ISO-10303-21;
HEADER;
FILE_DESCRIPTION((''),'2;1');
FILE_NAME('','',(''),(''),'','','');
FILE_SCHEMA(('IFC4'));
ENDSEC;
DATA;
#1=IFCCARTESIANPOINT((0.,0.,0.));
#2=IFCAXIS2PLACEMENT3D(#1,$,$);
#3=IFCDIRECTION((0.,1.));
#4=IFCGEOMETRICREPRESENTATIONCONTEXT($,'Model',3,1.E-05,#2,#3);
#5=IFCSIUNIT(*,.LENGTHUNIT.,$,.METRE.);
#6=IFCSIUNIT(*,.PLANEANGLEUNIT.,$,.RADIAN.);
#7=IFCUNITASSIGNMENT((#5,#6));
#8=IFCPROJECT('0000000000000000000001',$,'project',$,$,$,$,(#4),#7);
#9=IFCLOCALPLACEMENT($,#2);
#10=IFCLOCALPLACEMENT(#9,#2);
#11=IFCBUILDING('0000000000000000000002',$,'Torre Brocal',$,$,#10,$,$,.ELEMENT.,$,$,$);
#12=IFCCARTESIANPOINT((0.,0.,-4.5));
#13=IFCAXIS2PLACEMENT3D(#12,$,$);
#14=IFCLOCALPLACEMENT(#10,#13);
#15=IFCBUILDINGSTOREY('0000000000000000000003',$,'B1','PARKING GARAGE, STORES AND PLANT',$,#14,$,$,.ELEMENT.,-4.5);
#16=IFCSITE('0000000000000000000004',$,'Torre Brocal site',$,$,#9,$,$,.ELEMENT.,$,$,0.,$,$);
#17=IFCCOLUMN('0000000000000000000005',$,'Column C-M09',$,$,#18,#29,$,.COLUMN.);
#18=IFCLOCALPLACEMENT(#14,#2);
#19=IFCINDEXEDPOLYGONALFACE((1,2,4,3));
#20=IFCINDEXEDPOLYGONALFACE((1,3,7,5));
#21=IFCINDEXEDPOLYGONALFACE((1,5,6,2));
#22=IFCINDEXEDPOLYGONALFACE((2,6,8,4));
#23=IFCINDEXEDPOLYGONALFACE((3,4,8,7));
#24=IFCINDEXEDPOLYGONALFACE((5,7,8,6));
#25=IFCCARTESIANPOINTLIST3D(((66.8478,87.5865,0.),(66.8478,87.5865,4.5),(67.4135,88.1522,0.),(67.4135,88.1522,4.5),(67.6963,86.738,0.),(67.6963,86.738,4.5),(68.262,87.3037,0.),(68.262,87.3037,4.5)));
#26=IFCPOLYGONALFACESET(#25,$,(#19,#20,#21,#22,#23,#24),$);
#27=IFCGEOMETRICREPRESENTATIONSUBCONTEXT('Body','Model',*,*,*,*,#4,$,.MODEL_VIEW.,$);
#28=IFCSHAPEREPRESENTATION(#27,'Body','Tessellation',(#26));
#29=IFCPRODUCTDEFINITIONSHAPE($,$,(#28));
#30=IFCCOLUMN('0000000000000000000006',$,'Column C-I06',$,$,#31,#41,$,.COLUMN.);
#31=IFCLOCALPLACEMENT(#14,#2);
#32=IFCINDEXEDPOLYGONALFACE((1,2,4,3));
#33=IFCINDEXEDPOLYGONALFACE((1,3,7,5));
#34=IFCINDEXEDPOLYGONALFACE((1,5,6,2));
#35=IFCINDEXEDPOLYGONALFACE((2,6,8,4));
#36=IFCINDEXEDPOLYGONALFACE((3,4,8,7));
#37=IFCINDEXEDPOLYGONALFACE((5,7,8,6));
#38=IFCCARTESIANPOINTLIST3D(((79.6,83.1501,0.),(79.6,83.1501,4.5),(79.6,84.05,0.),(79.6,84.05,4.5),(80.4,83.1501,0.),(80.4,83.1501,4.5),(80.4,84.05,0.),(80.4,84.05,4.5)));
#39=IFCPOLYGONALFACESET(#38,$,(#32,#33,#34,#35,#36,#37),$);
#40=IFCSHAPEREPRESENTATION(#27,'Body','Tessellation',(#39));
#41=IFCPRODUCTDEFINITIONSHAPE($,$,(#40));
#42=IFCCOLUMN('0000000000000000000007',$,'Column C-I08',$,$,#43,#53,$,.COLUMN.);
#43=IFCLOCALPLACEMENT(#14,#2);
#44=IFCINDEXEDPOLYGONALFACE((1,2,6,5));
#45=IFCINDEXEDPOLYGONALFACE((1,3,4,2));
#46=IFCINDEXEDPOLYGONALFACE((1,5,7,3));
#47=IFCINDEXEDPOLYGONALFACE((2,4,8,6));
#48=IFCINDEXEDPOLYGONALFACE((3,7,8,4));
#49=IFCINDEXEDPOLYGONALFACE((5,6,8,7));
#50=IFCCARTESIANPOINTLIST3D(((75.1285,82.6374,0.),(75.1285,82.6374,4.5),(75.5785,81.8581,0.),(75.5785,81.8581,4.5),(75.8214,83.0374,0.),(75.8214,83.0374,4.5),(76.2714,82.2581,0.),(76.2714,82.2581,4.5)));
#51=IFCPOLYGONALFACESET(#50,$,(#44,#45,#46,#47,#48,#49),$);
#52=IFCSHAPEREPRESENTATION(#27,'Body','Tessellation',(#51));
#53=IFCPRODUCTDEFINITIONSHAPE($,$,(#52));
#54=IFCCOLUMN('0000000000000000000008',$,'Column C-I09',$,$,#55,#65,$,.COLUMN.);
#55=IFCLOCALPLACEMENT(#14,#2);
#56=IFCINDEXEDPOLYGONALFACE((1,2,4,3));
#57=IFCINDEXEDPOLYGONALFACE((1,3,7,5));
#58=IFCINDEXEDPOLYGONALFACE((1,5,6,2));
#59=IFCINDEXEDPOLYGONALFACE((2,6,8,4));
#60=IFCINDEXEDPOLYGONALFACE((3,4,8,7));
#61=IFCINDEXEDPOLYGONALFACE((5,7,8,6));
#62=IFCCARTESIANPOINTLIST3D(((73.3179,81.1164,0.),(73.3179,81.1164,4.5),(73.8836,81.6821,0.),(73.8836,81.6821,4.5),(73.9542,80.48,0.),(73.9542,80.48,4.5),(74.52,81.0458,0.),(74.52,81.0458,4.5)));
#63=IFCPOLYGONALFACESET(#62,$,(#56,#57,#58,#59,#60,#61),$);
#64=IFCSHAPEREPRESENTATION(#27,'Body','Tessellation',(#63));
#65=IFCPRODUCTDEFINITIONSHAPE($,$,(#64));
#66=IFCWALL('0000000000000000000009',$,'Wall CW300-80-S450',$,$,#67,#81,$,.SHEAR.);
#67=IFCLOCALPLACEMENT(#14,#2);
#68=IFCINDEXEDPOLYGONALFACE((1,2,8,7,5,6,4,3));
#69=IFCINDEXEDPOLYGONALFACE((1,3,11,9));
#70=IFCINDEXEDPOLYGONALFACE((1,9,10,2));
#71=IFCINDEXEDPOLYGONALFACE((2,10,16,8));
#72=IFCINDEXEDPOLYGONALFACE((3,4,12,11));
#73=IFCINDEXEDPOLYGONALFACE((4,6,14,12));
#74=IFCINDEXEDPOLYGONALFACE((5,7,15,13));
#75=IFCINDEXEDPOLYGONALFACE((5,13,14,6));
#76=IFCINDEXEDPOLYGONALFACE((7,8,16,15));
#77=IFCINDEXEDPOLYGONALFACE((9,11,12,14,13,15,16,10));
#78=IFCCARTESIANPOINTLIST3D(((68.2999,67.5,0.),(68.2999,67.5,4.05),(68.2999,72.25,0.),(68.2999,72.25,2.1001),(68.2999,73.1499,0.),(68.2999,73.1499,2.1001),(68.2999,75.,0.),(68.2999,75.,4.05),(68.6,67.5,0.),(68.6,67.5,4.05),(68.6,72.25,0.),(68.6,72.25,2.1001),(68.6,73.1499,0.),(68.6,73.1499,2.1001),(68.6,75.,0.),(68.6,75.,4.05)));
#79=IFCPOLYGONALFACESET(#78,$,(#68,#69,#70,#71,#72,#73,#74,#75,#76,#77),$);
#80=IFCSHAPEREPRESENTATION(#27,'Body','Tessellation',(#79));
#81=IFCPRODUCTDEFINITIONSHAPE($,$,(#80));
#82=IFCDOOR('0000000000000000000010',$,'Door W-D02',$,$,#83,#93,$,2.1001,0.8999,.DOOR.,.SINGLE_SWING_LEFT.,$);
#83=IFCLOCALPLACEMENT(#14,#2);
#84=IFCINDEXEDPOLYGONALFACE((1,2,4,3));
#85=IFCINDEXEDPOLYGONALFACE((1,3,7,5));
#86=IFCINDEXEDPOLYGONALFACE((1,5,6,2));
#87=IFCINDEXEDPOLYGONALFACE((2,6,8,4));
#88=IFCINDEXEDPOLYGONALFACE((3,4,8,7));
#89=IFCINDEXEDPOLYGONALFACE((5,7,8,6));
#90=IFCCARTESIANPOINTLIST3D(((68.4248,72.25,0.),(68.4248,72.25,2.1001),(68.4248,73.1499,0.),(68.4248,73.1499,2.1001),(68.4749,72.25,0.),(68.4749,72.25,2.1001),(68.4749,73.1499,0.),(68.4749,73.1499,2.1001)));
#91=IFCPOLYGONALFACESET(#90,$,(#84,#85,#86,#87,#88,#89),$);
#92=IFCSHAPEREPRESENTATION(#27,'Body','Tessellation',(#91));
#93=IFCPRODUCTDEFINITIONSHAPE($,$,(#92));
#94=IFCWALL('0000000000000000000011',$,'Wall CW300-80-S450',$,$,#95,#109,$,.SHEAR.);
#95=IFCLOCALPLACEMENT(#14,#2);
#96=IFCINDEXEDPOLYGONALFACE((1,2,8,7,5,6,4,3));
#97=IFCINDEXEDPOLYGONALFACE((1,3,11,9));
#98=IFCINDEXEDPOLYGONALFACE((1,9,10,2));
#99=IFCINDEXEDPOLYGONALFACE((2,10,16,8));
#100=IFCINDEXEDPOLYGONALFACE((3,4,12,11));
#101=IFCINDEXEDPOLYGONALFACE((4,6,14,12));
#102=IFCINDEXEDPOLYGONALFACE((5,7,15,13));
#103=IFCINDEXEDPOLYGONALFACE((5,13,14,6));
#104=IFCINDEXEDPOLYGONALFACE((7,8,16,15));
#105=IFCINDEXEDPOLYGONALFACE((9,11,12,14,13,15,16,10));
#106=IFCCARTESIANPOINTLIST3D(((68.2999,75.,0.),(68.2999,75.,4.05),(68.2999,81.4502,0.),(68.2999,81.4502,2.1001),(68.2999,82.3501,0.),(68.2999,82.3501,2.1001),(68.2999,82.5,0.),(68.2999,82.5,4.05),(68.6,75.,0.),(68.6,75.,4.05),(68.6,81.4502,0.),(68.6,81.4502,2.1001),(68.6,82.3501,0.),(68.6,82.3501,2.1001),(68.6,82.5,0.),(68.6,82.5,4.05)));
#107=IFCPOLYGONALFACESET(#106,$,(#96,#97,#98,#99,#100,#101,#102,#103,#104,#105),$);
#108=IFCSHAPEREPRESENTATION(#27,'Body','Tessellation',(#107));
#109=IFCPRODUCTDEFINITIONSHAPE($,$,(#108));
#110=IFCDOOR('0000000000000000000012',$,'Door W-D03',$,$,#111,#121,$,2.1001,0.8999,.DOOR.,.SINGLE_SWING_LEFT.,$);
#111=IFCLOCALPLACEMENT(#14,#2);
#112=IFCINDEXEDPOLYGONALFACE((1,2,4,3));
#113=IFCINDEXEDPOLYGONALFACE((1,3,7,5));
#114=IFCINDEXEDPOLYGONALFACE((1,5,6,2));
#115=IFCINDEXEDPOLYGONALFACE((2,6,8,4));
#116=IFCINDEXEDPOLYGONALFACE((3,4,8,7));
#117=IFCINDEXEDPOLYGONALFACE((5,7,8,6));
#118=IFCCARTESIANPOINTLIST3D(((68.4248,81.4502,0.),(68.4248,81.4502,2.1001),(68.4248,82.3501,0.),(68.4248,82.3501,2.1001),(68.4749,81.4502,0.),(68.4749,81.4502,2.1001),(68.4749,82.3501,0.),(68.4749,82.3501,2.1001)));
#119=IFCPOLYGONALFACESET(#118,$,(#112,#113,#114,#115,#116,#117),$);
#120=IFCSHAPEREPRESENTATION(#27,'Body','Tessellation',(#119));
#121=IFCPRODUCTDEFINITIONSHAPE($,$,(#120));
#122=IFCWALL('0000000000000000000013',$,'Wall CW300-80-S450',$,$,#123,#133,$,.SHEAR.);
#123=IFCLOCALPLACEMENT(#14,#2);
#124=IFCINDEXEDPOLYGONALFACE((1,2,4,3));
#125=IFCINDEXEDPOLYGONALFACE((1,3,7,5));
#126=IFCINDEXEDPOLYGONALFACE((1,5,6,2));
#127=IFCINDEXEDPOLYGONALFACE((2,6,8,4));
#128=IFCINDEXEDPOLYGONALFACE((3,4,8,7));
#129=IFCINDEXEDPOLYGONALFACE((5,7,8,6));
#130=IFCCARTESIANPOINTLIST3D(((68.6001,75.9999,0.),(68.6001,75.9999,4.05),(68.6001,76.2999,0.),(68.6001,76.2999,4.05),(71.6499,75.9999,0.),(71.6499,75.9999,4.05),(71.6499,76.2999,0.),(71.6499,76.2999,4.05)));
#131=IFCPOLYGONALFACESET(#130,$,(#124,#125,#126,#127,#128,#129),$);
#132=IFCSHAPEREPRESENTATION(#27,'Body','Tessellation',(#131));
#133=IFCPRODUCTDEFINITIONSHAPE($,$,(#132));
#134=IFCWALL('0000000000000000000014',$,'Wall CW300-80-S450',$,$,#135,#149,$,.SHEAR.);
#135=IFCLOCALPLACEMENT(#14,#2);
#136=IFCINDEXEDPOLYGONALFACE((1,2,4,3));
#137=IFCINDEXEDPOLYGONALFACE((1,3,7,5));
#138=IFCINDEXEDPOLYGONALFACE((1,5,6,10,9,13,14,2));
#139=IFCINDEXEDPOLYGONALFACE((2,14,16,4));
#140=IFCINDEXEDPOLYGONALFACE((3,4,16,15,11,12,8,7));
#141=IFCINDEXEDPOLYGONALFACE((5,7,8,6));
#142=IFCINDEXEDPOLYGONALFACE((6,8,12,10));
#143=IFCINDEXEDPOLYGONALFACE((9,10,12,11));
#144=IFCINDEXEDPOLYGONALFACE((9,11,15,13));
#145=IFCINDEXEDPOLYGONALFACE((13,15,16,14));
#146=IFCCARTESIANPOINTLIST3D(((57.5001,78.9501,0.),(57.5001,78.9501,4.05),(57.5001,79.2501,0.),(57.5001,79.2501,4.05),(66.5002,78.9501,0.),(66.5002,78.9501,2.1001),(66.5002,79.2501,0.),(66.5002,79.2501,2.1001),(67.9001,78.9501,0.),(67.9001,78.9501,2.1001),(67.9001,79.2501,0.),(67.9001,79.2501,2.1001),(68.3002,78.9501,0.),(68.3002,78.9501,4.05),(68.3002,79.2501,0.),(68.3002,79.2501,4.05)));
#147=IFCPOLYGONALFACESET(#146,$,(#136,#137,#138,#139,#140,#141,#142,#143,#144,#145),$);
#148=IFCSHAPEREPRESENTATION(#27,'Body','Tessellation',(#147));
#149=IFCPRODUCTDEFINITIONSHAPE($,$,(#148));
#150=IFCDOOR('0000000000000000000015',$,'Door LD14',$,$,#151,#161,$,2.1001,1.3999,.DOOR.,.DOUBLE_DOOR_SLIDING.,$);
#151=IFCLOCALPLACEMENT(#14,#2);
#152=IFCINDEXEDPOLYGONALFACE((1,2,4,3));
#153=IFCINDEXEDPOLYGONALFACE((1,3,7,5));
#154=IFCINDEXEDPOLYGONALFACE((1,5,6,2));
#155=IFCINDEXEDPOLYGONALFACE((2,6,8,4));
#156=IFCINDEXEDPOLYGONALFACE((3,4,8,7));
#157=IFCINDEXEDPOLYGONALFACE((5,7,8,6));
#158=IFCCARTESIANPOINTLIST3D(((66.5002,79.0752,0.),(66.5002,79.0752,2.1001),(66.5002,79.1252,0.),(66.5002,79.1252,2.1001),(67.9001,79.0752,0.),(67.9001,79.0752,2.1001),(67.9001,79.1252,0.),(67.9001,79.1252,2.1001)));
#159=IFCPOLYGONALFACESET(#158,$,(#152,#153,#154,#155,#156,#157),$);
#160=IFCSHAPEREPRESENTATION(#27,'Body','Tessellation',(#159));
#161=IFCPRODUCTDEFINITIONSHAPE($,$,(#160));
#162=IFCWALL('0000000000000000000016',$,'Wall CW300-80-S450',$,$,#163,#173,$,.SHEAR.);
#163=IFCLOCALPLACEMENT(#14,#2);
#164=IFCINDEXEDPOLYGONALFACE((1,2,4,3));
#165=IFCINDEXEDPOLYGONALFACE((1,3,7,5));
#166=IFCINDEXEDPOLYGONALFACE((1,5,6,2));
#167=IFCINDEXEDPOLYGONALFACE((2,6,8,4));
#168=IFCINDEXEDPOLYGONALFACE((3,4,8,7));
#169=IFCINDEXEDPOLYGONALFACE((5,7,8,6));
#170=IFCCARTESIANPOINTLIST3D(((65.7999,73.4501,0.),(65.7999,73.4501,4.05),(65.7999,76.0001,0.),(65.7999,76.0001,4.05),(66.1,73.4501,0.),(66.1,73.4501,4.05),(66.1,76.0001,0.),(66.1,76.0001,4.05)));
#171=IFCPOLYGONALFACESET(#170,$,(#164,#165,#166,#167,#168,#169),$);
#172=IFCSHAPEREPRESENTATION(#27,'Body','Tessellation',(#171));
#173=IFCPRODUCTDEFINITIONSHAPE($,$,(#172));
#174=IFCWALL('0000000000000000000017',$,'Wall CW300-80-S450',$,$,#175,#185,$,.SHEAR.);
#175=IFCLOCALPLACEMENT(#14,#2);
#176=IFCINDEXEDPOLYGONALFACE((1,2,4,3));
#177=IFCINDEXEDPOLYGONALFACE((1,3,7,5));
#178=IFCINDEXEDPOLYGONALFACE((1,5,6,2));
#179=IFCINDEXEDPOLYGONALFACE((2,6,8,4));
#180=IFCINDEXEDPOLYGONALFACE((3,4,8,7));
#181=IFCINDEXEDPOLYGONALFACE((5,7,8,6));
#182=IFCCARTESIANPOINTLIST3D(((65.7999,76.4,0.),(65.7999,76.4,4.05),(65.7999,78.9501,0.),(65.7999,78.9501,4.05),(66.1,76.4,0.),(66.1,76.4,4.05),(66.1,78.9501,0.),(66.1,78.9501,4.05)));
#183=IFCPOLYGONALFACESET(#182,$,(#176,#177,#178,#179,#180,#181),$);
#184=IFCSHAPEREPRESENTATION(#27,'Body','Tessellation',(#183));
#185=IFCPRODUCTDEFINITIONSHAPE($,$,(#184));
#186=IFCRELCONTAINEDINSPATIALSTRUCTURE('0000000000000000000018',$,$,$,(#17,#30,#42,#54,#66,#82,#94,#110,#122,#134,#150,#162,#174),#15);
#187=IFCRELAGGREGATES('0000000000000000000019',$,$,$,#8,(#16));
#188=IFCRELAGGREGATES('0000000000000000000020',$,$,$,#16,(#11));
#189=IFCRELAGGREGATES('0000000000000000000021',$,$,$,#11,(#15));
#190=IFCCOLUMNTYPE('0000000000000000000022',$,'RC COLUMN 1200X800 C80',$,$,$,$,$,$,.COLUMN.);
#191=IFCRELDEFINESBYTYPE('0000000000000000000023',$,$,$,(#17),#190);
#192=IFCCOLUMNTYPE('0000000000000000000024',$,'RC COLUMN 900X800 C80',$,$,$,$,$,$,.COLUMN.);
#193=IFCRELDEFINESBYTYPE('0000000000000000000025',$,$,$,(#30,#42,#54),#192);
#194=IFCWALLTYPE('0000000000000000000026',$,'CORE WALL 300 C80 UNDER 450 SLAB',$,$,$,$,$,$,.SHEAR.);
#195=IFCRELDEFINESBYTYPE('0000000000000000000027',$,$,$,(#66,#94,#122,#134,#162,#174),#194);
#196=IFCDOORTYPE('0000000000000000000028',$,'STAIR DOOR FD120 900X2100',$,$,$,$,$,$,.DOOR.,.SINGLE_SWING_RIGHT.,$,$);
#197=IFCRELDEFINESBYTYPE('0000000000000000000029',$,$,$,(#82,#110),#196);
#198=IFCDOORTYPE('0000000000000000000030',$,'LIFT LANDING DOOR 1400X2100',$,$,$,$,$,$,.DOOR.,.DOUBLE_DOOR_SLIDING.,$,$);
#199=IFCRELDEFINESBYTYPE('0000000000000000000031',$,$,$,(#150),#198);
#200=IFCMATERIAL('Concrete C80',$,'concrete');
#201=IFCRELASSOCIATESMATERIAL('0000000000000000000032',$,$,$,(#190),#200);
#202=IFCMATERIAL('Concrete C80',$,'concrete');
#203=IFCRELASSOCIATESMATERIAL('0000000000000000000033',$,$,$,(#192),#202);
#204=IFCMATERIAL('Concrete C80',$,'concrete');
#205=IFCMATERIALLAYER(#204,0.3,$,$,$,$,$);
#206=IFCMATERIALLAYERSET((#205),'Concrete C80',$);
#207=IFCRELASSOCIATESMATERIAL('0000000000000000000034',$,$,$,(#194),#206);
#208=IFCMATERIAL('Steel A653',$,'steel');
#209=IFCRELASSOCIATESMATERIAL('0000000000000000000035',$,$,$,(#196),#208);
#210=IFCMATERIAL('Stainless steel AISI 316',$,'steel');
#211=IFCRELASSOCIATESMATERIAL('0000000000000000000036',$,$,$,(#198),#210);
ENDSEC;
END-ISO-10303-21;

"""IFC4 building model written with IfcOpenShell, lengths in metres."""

from ifc_helpers import new_model, si_unit, direction, frame, frame_2d, origin, origin_2d, place, context, subcontext, project, spatial, rectangle, extrude, material, layer, layer_set, material_profile, profile_set, type_object, element, fill, save


model = new_model("IFC4")

# Units and contexts
model_context = context("Model", 3, precision=1e-05, world=origin(), true_north=direction((0.0, 1.0)))
body_context = subcontext(model_context, "Body", "Model", "MODEL_VIEW")
ifc_project = project(units=[si_unit("LENGTHUNIT", "METRE"), si_unit("PLANEANGLEUNIT", "RADIAN")], contexts=[model_context])

# Site, building, storey
site_placement = place(None, origin())
site = spatial("IfcSite", under=ifc_project, at=site_placement, Name="Torre Brocal site", CompositionType="ELEMENT", RefElevation=0.0)
building_placement = place(site_placement, origin())
building = spatial("IfcBuilding", under=site, at=building_placement, Name="Torre Brocal", CompositionType="ELEMENT")
storey_placement = place(building_placement, frame((0.0, 0.0, -4.5)))
storey = spatial("IfcBuildingStorey", under=building, at=storey_placement, Name="B1", Description="PARKING GARAGE, STORES AND PLANT", CompositionType="ELEMENT", Elevation=-4.5)

# Columns
ifc_material_1 = material(Name="Concrete C80", Category="concrete")
ifc_material_profile_1 = material_profile(ifc_material_1, rectangle(XDim=1.2, YDim=0.8, at=origin_2d()), Name="RC 1200X800")
ifc_profile_set_1 = profile_set([ifc_material_profile_1], Name="Concrete C80")
column_type_1 = type_object("IfcColumnType", Name="RC COLUMN 1200X800 C80", PredefinedType="COLUMN", material=ifc_profile_set_1)
column_placement = place(storey_placement, frame((67.5549, 87.4451, 0.0), z_axis=(0.0, 0.0, 1.0), x_axis=(-0.707107, 0.707107, 0.0)))
element("IfcColumn", 1, at=column_placement, inside=storey, type_object=column_type_1, Name="Column C-M09", PredefinedType="COLUMN", context=body_context, shape_type="SweptSolid", body=[
    extrude(rectangle(XDim=1.2, YDim=0.8, at=origin_2d()), origin(), (0.0, 0.0, 1.0), 4.5),
])
ifc_material_2 = material(Name="Concrete C80", Category="concrete")
ifc_material_profile_2 = material_profile(ifc_material_2, rectangle(XDim=0.8999, YDim=0.8, at=origin_2d()), Name="RC 900X800")
ifc_profile_set_2 = profile_set([ifc_material_profile_2], Name="Concrete C80")
column_type_2 = type_object("IfcColumnType", Name="RC COLUMN 900X800 C80", PredefinedType="COLUMN", material=ifc_profile_set_2)
for number, where, z_axis, x_axis, name in (
    (2, (80.0, 83.6001, 0.0), (0.0, 0.0, 1.0), (0.0, 1.0, 0.0), "Column C-I06"),
    (3, (75.7, 82.4478, 0.0), (0.0, 0.0, 1.0), (-0.5, 0.866025, 0.0), "Column C-I08"),
    (4, (73.9189, 81.0811, 0.0), (0.0, 0.0, 1.0), (-0.707107, 0.707107, 0.0), "Column C-I09"),
):
    element("IfcColumn", number, at=place(storey_placement, frame(where, z_axis=z_axis, x_axis=x_axis)), inside=storey, type_object=column_type_2, Name=name, PredefinedType="COLUMN", context=body_context, shape_type="SweptSolid", body=[
        extrude(rectangle(XDim=0.8999, YDim=0.8, at=origin_2d()), origin(), (0.0, 0.0, 1.0), 4.5),
    ])

# Walls, openings, doors
ifc_material_3 = material(Name="Concrete C80", Category="concrete")
ifc_layer_1 = layer(ifc_material_3, 0.3)
ifc_layer_set_1 = layer_set([ifc_layer_1], Name="Concrete C80")
wall_type_1 = type_object("IfcWallType", Name="CORE WALL 300 C80 UNDER 450 SLAB", PredefinedType="SHEAR", material=ifc_layer_set_1)
wall_1_placement = place(storey_placement, frame((68.45, 75.0, 0.0), z_axis=(0.0, 0.0, 1.0), x_axis=(0.0, -1.0, 0.0)))
wall_1 = element("IfcWall", 5, at=wall_1_placement, inside=storey, type_object=wall_type_1, Name="Wall CW300-80-S450", PredefinedType="SHEAR", context=body_context, shape_type="SweptSolid", body=[
    extrude(rectangle(XDim=7.5, YDim=0.3, at=frame_2d((3.75, 0.0))), origin(), (0.0, 0.0, 1.0), 4.05),
])
opening_1_placement = place(wall_1_placement, frame((1.8501, 0.0, 0.0)))
opening_1 = element("IfcOpeningElement", 6, at=opening_1_placement, cuts=wall_1, PredefinedType="OPENING", context=body_context, shape_type="SweptSolid", body=[
    extrude(rectangle(XDim=0.8999, YDim=2.1001, at=frame_2d((0.45, 1.05))), frame((0.0, 0.1599, 0.0), z_axis=(0.0, -1.0, 0.0), x_axis=(1.0, 0.0, 0.0)), (0.0, 0.0, 1.0), 0.3201),
])
ifc_material_4 = material(Name="Steel A653", Category="steel")
door_type_1 = type_object("IfcDoorType", Name="STAIR DOOR FD120 900X2100", OperationType="SINGLE_SWING_RIGHT", PredefinedType="DOOR", material=ifc_material_4)
door_1_placement = place(opening_1_placement, origin())
door_1 = element("IfcDoor", 7, at=door_1_placement, inside=storey, type_object=door_type_1, Name="Door W-D02", OperationType="SINGLE_SWING_LEFT", OverallHeight=2.1001, OverallWidth=0.8999, PredefinedType="DOOR", context=body_context, shape_type="SweptSolid", body=[
    extrude(rectangle(XDim=0.8999, YDim=2.1001, at=frame_2d((0.45, 1.05))), frame((0.0, 0.0249, 0.0), z_axis=(0.0, -1.0, 0.0), x_axis=(1.0, 0.0, 0.0)), (0.0, 0.0, 1.0), 0.05),
])
fill(opening_1, door_1)
wall_2_placement = place(storey_placement, frame((68.45, 82.5, 0.0), z_axis=(0.0, 0.0, 1.0), x_axis=(0.0, -1.0, 0.0)))
wall_2 = element("IfcWall", 8, at=wall_2_placement, inside=storey, type_object=wall_type_1, Name="Wall CW300-80-S450", PredefinedType="SHEAR", context=body_context, shape_type="SweptSolid", body=[
    extrude(rectangle(XDim=7.5, YDim=0.3, at=frame_2d((3.75, 0.0))), origin(), (0.0, 0.0, 1.0), 4.05),
])
opening_2_placement = place(wall_2_placement, frame((0.1499, 0.0, 0.0)))
opening_2 = element("IfcOpeningElement", 9, at=opening_2_placement, cuts=wall_2, PredefinedType="OPENING", context=body_context, shape_type="SweptSolid", body=[
    extrude(rectangle(XDim=0.8999, YDim=2.1001, at=frame_2d((0.45, 1.05))), frame((0.0, 0.1599, 0.0), z_axis=(0.0, -1.0, 0.0), x_axis=(1.0, 0.0, 0.0)), (0.0, 0.0, 1.0), 0.3201),
])
door_2_placement = place(opening_2_placement, origin())
door_2 = element("IfcDoor", 10, at=door_2_placement, inside=storey, type_object=door_type_1, Name="Door W-D03", OperationType="SINGLE_SWING_LEFT", OverallHeight=2.1001, OverallWidth=0.8999, PredefinedType="DOOR", context=body_context, shape_type="SweptSolid", body=[
    extrude(rectangle(XDim=0.8999, YDim=2.1001, at=frame_2d((0.45, 1.05))), frame((0.0, 0.0249, 0.0), z_axis=(0.0, -1.0, 0.0), x_axis=(1.0, 0.0, 0.0)), (0.0, 0.0, 1.0), 0.05),
])
fill(opening_2, door_2)

# Wall
wall_3_placement = place(storey_placement, frame((71.6499, 76.1499, 0.0), z_axis=(0.0, 0.0, 1.0), x_axis=(-1.0, 0.0, 0.0)))
element("IfcWall", 11, at=wall_3_placement, inside=storey, type_object=wall_type_1, Name="Wall CW300-80-S450", PredefinedType="SHEAR", context=body_context, shape_type="SweptSolid", body=[
    extrude(rectangle(XDim=3.0498, YDim=0.3, at=frame_2d((1.5249, 0.0))), origin(), (0.0, 0.0, 1.0), 4.05),
])

# Wall, opening, door
wall_4_placement = place(storey_placement, frame((68.3, 79.1001, 0.0), z_axis=(0.0, 0.0, 1.0), x_axis=(-1.0, 0.0, 0.0)))
wall_4 = element("IfcWall", 12, at=wall_4_placement, inside=storey, type_object=wall_type_1, Name="Wall CW300-80-S450", PredefinedType="SHEAR", context=body_context, shape_type="SweptSolid", body=[
    extrude(rectangle(XDim=10.8, YDim=0.3, at=frame_2d((5.3999, 0.0))), origin(), (0.0, 0.0, 1.0), 4.05),
])
opening_3_placement = place(wall_4_placement, frame((0.3999, 0.0, 0.0)))
opening_3 = element("IfcOpeningElement", 13, at=opening_3_placement, cuts=wall_4, PredefinedType="OPENING", context=body_context, shape_type="SweptSolid", body=[
    extrude(rectangle(XDim=1.3999, YDim=2.1001, at=frame_2d((0.7, 1.05))), frame((0.0, 0.1599, 0.0), z_axis=(0.0, -1.0, 0.0), x_axis=(1.0, 0.0, 0.0)), (0.0, 0.0, 1.0), 0.3201),
])
ifc_material_5 = material(Name="Stainless steel AISI 316", Category="steel")
door_type_2 = type_object("IfcDoorType", Name="LIFT LANDING DOOR 1400X2100", OperationType="DOUBLE_DOOR_SLIDING", PredefinedType="DOOR", material=ifc_material_5)
door_3_placement = place(opening_3_placement, origin())
door_3 = element("IfcDoor", 14, at=door_3_placement, inside=storey, type_object=door_type_2, Name="Door LD14", OperationType="DOUBLE_DOOR_SLIDING", OverallHeight=2.1001, OverallWidth=1.3999, PredefinedType="DOOR", context=body_context, shape_type="SweptSolid", body=[
    extrude(rectangle(XDim=1.3999, YDim=2.1001, at=frame_2d((0.7, 1.05))), frame((0.0, 0.0249, 0.0), z_axis=(0.0, -1.0, 0.0), x_axis=(1.0, 0.0, 0.0)), (0.0, 0.0, 1.0), 0.05),
])
fill(opening_3, door_3)

# Walls
for number, where, z_axis, x_axis, name in (
    (15, (65.95, 76.0, 0.0), (0.0, 0.0, 1.0), (0.0, -1.0, 0.0), "Wall CW300-80-S450"),
    (16, (65.95, 78.95, 0.0), (0.0, 0.0, 1.0), (0.0, -1.0, 0.0), "Wall CW300-80-S450"),
):
    element("IfcWall", number, at=place(storey_placement, frame(where, z_axis=z_axis, x_axis=x_axis)), inside=storey, type_object=wall_type_1, Name=name, PredefinedType="SHEAR", context=body_context, shape_type="SweptSolid", body=[
        extrude(rectangle(XDim=2.55, YDim=0.3, at=frame_2d((1.2749, 0.0))), origin(), (0.0, 0.0, 1.0), 4.05),
    ])

save(model, "model.ifc")
